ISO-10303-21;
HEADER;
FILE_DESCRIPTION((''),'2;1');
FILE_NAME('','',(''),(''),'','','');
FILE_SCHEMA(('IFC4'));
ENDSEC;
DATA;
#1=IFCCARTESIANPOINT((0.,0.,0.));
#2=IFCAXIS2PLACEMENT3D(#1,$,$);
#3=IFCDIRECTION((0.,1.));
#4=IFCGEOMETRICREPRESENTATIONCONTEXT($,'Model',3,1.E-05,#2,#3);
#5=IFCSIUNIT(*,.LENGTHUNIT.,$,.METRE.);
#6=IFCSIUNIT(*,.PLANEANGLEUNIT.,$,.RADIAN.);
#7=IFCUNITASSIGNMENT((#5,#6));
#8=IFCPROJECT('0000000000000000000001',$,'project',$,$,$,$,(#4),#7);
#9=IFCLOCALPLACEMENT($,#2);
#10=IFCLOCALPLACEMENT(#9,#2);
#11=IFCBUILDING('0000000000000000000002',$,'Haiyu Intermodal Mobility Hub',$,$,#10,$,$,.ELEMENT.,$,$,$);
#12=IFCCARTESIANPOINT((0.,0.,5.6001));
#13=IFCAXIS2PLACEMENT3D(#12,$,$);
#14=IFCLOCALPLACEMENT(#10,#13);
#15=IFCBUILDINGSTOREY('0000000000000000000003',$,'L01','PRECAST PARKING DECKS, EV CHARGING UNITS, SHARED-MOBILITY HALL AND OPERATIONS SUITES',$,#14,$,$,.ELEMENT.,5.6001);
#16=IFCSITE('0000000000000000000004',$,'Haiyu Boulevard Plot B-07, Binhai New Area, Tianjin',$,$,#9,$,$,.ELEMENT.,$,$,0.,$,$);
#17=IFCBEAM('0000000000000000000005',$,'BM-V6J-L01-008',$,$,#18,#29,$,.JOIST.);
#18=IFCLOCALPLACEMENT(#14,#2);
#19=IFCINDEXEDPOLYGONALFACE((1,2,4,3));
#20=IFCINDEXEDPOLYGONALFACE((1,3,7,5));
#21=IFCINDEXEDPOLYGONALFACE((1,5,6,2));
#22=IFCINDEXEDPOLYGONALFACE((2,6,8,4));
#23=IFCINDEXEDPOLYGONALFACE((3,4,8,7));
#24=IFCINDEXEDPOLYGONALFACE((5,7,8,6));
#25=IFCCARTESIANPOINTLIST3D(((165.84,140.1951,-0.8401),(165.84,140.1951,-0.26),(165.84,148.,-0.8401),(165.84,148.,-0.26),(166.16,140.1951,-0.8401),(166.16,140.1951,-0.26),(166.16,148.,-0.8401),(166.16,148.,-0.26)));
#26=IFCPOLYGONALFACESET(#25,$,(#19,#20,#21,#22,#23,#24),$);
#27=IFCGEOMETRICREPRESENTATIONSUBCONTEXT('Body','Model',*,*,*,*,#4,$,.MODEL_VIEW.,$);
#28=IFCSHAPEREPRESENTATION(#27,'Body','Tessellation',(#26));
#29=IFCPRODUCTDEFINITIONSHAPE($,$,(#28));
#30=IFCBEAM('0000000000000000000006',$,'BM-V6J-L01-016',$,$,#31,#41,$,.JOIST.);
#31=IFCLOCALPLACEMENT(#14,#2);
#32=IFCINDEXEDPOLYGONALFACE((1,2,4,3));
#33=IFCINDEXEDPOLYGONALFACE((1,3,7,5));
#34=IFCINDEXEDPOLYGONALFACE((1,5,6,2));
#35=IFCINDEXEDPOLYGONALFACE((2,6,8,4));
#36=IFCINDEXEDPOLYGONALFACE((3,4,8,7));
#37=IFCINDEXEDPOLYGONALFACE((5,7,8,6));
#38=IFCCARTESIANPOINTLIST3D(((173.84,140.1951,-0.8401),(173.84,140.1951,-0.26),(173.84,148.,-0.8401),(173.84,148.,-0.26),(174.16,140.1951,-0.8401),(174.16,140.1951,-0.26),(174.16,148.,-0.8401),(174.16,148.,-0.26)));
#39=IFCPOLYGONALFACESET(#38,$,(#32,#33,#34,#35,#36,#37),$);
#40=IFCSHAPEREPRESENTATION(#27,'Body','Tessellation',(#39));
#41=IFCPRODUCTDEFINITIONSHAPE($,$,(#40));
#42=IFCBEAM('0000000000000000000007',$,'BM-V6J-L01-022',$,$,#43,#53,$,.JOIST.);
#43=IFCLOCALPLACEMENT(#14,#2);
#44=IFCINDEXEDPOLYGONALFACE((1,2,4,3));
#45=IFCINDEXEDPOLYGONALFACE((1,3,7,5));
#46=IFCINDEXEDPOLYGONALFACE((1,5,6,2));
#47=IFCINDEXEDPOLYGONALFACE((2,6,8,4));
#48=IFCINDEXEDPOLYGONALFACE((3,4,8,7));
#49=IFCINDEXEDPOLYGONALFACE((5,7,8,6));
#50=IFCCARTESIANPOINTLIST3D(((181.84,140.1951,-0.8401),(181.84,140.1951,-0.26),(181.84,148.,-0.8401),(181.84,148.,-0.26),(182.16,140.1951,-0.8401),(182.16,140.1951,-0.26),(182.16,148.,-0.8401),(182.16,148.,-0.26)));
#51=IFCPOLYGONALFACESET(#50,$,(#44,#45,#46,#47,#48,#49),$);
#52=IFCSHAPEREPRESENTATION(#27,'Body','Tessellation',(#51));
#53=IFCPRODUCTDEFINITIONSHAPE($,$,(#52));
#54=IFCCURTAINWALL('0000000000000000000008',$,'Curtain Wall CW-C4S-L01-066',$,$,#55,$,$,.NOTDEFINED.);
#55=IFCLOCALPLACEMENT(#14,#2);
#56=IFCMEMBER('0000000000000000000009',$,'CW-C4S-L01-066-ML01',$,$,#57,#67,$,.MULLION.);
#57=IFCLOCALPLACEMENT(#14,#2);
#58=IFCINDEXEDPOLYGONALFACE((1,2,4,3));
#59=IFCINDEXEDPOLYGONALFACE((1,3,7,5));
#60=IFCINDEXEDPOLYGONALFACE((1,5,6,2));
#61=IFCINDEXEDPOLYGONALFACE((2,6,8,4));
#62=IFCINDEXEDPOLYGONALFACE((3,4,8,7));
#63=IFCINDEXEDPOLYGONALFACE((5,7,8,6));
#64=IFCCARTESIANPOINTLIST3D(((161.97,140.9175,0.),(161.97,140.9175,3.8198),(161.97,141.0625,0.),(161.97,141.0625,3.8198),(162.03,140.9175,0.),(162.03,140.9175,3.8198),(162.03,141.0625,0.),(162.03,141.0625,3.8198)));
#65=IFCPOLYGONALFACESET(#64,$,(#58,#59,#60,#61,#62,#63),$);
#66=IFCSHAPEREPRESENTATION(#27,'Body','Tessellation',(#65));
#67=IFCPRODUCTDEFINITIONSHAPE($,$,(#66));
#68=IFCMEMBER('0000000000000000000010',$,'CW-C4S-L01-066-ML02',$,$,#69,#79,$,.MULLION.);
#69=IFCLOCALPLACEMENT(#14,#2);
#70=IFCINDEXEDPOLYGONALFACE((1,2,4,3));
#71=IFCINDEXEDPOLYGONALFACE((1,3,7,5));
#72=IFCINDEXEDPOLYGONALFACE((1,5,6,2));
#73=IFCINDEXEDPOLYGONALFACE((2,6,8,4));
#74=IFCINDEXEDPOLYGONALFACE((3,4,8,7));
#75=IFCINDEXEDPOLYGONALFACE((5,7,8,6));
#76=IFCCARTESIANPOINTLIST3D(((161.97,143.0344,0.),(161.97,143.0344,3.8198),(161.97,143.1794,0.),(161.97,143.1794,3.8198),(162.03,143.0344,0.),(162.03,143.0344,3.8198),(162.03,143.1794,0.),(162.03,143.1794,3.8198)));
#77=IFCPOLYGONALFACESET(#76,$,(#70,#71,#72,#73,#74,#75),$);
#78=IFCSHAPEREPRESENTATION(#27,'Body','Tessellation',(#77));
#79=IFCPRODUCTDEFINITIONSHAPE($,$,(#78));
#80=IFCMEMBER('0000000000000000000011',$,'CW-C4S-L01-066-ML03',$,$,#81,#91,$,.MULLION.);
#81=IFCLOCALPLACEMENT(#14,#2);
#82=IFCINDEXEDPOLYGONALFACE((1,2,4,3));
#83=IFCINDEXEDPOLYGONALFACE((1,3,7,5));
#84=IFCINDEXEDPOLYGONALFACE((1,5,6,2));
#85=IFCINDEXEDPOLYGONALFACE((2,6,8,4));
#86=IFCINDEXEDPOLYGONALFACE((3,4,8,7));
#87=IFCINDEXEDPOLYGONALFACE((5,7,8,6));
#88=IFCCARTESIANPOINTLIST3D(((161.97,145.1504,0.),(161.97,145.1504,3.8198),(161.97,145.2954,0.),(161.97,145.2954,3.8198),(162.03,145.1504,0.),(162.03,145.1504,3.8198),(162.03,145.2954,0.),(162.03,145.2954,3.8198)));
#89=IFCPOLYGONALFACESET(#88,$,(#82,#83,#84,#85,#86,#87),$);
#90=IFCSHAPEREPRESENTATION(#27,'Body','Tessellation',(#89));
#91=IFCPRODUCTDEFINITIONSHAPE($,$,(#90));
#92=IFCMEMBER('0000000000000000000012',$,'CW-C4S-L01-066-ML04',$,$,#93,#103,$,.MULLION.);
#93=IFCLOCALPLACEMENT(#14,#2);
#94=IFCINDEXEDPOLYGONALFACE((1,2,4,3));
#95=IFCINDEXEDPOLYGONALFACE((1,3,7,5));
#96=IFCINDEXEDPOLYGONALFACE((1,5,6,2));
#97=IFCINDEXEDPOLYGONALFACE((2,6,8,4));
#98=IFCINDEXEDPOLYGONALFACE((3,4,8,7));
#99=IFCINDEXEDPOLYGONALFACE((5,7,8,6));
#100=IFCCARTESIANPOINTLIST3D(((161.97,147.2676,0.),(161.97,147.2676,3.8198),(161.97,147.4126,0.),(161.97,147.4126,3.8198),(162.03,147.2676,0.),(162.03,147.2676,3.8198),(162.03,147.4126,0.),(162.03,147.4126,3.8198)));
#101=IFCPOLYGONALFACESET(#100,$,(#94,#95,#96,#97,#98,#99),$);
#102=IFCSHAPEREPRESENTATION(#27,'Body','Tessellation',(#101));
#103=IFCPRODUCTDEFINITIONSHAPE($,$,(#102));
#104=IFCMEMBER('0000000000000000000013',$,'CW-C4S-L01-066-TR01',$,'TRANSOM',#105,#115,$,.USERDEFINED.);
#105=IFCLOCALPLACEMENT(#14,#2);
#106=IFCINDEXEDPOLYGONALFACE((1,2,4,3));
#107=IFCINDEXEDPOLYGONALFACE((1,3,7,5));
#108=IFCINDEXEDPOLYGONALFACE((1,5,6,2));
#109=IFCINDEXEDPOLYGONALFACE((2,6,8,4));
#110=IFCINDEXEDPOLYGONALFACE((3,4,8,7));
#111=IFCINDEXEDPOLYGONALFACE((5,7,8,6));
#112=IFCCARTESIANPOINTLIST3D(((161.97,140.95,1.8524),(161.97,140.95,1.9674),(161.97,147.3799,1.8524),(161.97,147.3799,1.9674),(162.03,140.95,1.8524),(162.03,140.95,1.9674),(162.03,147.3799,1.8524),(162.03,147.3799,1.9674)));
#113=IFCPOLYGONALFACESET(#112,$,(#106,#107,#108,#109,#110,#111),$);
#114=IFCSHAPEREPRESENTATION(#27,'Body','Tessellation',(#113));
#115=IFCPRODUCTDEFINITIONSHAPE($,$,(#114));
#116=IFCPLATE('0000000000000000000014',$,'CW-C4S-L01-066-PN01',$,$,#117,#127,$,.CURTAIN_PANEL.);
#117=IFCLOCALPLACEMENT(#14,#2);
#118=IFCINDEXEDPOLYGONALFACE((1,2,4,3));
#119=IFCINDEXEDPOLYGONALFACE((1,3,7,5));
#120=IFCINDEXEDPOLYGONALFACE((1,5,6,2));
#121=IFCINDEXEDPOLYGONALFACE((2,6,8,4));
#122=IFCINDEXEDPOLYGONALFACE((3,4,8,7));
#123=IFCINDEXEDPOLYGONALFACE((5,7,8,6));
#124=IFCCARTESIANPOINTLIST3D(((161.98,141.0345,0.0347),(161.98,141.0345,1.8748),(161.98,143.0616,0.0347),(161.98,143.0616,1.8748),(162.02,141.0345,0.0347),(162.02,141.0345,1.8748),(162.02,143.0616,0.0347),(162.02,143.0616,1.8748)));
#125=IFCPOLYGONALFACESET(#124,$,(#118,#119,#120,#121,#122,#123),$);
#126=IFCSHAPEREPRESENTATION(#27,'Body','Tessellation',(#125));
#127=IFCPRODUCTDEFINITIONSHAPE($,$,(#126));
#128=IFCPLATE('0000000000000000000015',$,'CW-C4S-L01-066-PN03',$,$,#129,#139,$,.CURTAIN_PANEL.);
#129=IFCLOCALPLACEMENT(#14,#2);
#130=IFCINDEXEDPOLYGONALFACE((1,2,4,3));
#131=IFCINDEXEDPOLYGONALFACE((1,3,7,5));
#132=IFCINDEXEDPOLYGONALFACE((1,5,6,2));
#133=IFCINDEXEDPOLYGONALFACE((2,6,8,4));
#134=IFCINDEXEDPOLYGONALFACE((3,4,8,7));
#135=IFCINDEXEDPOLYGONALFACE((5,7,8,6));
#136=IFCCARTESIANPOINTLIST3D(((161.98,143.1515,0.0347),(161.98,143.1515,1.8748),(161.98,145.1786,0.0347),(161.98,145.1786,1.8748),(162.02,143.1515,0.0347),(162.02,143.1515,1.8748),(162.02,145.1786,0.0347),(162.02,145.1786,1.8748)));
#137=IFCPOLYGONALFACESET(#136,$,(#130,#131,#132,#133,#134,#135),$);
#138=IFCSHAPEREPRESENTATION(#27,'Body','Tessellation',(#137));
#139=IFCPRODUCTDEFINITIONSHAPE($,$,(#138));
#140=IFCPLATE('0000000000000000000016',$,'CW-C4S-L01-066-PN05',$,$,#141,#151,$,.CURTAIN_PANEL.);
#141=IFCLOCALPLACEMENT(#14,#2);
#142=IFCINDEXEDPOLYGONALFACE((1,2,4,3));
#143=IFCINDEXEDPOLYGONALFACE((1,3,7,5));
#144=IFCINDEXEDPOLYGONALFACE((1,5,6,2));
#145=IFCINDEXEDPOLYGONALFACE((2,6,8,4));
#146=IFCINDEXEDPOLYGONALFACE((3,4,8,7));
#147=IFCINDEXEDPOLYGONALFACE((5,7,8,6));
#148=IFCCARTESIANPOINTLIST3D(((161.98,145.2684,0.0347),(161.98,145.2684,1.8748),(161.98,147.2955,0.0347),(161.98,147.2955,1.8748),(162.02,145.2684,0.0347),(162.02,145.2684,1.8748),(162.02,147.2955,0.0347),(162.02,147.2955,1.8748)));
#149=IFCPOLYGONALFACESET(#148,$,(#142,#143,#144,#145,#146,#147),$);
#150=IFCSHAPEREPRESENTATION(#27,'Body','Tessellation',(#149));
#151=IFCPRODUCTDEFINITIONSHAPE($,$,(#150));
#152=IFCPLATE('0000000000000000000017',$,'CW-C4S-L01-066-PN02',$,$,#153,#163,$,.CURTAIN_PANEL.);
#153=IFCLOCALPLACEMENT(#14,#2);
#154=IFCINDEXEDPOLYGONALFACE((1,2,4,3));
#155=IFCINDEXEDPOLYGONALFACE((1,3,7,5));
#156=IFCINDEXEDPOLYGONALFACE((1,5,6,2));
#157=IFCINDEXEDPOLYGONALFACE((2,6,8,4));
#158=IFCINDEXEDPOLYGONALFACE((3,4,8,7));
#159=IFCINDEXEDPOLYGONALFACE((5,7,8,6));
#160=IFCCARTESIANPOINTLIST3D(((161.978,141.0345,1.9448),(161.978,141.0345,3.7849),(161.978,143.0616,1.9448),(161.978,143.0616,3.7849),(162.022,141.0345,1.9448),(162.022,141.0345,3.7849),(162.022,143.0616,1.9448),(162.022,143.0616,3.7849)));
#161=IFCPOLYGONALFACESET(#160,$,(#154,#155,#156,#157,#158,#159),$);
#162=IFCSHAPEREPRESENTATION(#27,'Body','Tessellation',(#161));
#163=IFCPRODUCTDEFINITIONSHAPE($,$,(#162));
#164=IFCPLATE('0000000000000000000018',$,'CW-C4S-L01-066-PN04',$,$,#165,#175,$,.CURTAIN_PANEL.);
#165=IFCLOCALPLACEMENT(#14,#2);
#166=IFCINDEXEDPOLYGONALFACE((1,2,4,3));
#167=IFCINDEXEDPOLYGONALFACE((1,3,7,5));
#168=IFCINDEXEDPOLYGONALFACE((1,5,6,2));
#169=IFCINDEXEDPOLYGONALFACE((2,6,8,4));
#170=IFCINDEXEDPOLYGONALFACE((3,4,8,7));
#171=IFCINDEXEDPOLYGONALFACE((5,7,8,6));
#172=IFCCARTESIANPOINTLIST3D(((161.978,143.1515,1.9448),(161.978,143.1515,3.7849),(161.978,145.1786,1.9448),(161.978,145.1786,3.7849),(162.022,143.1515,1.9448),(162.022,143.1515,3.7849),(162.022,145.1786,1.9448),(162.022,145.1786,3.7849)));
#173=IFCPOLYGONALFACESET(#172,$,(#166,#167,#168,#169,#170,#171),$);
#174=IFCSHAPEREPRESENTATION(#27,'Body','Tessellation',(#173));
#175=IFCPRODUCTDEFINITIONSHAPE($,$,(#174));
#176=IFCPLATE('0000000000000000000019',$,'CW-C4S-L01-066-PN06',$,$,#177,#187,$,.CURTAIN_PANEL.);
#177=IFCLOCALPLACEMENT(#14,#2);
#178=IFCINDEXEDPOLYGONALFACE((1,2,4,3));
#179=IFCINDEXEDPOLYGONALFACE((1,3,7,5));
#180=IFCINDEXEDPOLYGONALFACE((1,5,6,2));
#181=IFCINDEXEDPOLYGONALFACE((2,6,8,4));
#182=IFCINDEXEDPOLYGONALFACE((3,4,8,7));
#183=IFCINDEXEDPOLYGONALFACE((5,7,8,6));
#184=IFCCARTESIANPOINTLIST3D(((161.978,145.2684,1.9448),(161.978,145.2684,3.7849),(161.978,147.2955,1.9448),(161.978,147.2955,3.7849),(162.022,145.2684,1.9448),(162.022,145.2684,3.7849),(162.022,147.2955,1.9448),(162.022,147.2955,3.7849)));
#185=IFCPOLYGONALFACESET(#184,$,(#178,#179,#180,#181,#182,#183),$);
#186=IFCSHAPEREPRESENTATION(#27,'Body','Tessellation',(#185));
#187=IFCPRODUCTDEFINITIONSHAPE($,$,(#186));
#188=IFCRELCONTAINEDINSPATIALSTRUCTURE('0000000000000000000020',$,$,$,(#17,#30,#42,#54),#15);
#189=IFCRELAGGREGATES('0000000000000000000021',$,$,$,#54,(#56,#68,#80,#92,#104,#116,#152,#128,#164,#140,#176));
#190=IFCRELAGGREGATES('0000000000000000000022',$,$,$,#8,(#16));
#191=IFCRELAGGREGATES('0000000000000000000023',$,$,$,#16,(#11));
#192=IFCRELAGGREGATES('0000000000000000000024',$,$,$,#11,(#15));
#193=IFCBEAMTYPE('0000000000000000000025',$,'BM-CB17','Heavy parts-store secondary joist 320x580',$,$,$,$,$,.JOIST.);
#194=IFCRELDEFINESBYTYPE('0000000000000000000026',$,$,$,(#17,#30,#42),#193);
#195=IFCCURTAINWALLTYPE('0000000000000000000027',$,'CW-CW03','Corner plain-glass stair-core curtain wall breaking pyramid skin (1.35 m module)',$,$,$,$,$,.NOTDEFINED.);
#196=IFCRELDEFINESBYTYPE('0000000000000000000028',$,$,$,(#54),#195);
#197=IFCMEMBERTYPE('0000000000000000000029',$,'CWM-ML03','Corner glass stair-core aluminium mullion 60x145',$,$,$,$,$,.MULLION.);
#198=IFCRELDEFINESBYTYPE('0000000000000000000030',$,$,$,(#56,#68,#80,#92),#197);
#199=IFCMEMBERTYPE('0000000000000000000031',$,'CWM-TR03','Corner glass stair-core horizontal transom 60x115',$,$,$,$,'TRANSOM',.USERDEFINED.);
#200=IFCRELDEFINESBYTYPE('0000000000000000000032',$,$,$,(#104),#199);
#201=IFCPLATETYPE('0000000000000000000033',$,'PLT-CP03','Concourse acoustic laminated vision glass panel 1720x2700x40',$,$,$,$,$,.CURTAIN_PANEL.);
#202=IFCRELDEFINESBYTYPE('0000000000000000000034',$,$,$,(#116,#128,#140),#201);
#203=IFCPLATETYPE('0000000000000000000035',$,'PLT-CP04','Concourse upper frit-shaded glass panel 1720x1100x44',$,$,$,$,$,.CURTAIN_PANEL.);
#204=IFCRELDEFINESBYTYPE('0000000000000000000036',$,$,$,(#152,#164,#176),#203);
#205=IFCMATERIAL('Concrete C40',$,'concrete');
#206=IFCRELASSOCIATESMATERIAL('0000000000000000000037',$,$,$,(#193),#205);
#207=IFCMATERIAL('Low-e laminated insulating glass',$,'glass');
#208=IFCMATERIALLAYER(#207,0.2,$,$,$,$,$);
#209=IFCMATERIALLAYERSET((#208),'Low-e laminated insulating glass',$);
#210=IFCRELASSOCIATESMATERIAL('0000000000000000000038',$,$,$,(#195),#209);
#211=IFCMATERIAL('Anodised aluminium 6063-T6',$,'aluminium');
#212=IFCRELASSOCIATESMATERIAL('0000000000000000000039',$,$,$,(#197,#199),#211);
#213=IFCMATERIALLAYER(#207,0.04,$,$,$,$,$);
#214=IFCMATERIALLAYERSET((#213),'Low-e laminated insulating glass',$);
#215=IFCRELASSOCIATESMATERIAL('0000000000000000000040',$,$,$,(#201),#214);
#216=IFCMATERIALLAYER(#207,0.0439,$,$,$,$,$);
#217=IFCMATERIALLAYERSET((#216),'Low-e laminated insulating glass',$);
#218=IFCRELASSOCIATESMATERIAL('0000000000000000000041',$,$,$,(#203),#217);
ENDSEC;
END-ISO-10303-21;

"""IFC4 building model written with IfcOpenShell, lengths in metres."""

from ifc_helpers import new_model, si_unit, direction, frame, origin, origin_2d, place, context, subcontext, project, spatial, rectangle, extrude, material, layer, layer_set, material_profile, profile_set, type_object, element, aggregate, save


model = new_model("IFC4")

# Units and contexts
model_context = context("Model", 3, precision=1e-05, world=origin(), true_north=direction((0.0, 1.0)))
body_context = subcontext(model_context, "Body", "Model", "MODEL_VIEW")
ifc_project = project(units=[si_unit("LENGTHUNIT", "METRE"), si_unit("PLANEANGLEUNIT", "RADIAN")], contexts=[model_context])

# Site, building, storey
site_placement = place(None, origin())
site = spatial("IfcSite", under=ifc_project, at=site_placement, Name="Haiyu Boulevard Plot B-07, Binhai New Area, Tianjin", CompositionType="ELEMENT", RefElevation=0.0)
building_placement = place(site_placement, origin())
building = spatial("IfcBuilding", under=site, at=building_placement, Name="Haiyu Intermodal Mobility Hub", CompositionType="ELEMENT")
storey_placement = place(building_placement, frame((0.0, 0.0, 5.6001)))
storey = spatial("IfcBuildingStorey", under=building, at=storey_placement, Name="L01", Description="PRECAST PARKING DECKS, EV CHARGING UNITS, SHARED-MOBILITY HALL AND OPERATIONS SUITES", CompositionType="ELEMENT", Elevation=5.6001)

# Shared definitions
ifc_material_1 = material(Name="Concrete C40", Category="concrete")

# Beams
ifc_material_profile_1 = material_profile(ifc_material_1, rectangle(XDim=0.3201, YDim=0.5801, at=origin_2d()), Name="B320x580")
ifc_profile_set_1 = profile_set([ifc_material_profile_1], Name="Concrete C40")
beam_type_1 = type_object("IfcBeamType", Name="BM-CB17", Description="Heavy parts-store secondary joist 320x580", PredefinedType="JOIST", material=ifc_profile_set_1)
for number, where, z_axis, x_axis, name in (
    (1, (166.0, 140.1951, -0.55), (0.0, 1.0, 0.0), (-1.0, 0.0, 0.0), "BM-V6J-L01-008"),
    (2, (174.0, 140.1951, -0.55), (0.0, 1.0, 0.0), (-1.0, 0.0, 0.0), "BM-V6J-L01-016"),
    (3, (182.0, 140.1951, -0.55), (0.0, 1.0, 0.0), (-1.0, 0.0, 0.0), "BM-V6J-L01-022"),
):
    element("IfcBeam", number, at=place(storey_placement, frame(where, z_axis=z_axis, x_axis=x_axis)), inside=storey, type_object=beam_type_1, Name=name, PredefinedType="JOIST", context=body_context, shape_type="SweptSolid", body=[
        extrude(rectangle(XDim=0.3201, YDim=0.5801, at=origin_2d()), origin(), (0.0, 0.0, 1.0), 7.8049),
    ])

# Curtain wall, members, plates
ifc_material_2 = material(Name="Low-e laminated insulating glass", Category="glass")
ifc_layer_1 = layer(ifc_material_2, 0.2)
ifc_layer_set_1 = layer_set([ifc_layer_1], Name="Low-e laminated insulating glass")
curtain_wall_type = type_object("IfcCurtainWallType", Name="CW-CW03", Description="Corner plain-glass stair-core curtain wall breaking pyramid skin (1.35 m module)", PredefinedType="NOTDEFINED", material=ifc_layer_set_1)
curtain_wall_placement = place(storey_placement, origin())
curtain_wall = element("IfcCurtainWall", 4, at=curtain_wall_placement, inside=storey, type_object=curtain_wall_type, Name="Curtain Wall CW-C4S-L01-066", PredefinedType="NOTDEFINED")
ifc_material_3 = material(Name="Anodised aluminium 6063-T6", Category="aluminium")
ifc_material_profile_2 = material_profile(ifc_material_3, rectangle(XDim=0.0601, YDim=0.145, at=origin_2d()), Name="ALU60x145")
ifc_profile_set_2 = profile_set([ifc_material_profile_2], Name="Anodised aluminium 6063-T6")
member_type_1 = type_object("IfcMemberType", Name="CWM-ML03", Description="Corner glass stair-core aluminium mullion 60x145", PredefinedType="MULLION", material=ifc_profile_set_2)
member_1_placement = place(storey_placement, frame((162.0, 140.99, 0.0), z_axis=(0.0, 0.0, 1.0), x_axis=(1.0, 0.0, 0.0)))
member_1 = element("IfcMember", 5, at=member_1_placement, type_object=member_type_1, Name="CW-C4S-L01-066-ML01", PredefinedType="MULLION", context=body_context, shape_type="SweptSolid", body=[
    extrude(rectangle(XDim=0.0601, YDim=0.145, at=origin_2d()), origin(), (0.0, 0.0, 1.0), 3.8198),
])
member_2_placement = place(storey_placement, frame((162.0, 143.1069, 0.0), z_axis=(0.0, 0.0, 1.0), x_axis=(1.0, 0.0, 0.0)))
member_2 = element("IfcMember", 6, at=member_2_placement, type_object=member_type_1, Name="CW-C4S-L01-066-ML02", PredefinedType="MULLION", context=body_context, shape_type="SweptSolid", body=[
    extrude(rectangle(XDim=0.0601, YDim=0.145, at=origin_2d()), origin(), (0.0, 0.0, 1.0), 3.8198),
])
member_3_placement = place(storey_placement, frame((162.0, 145.2229, 0.0), z_axis=(0.0, 0.0, 1.0), x_axis=(1.0, 0.0, 0.0)))
member_3 = element("IfcMember", 7, at=member_3_placement, type_object=member_type_1, Name="CW-C4S-L01-066-ML03", PredefinedType="MULLION", context=body_context, shape_type="SweptSolid", body=[
    extrude(rectangle(XDim=0.0601, YDim=0.145, at=origin_2d()), origin(), (0.0, 0.0, 1.0), 3.8198),
])
member_4_placement = place(storey_placement, frame((162.0, 147.3401, 0.0), z_axis=(0.0, 0.0, 1.0), x_axis=(1.0, 0.0, 0.0)))
member_4 = element("IfcMember", 8, at=member_4_placement, type_object=member_type_1, Name="CW-C4S-L01-066-ML04", PredefinedType="MULLION", context=body_context, shape_type="SweptSolid", body=[
    extrude(rectangle(XDim=0.0601, YDim=0.145, at=origin_2d()), origin(), (0.0, 0.0, 1.0), 3.8198),
])
ifc_material_profile_3 = material_profile(ifc_material_3, rectangle(XDim=0.0601, YDim=0.115, at=origin_2d()), Name="ALU60x115")
ifc_profile_set_3 = profile_set([ifc_material_profile_3], Name="Anodised aluminium 6063-T6")
member_type_2 = type_object("IfcMemberType", Name="CWM-TR03", Description="Corner glass stair-core horizontal transom 60x115", ElementType="TRANSOM", PredefinedType="USERDEFINED", material=ifc_profile_set_3)
member_5_placement = place(storey_placement, frame((162.0, 140.95, 1.9099), z_axis=(0.0, 1.0, 0.0), x_axis=(-1.0, 0.0, 0.0)))
member_5 = element("IfcMember", 9, at=member_5_placement, type_object=member_type_2, Name="CW-C4S-L01-066-TR01", ObjectType="TRANSOM", PredefinedType="USERDEFINED", context=body_context, shape_type="SweptSolid", body=[
    extrude(rectangle(XDim=0.0601, YDim=0.115, at=origin_2d()), origin(), (0.0, 0.0, 1.0), 6.4299),
])
ifc_layer_2 = layer(ifc_material_2, 0.04)
ifc_layer_set_2 = layer_set([ifc_layer_2], Name="Low-e laminated insulating glass")
plate_type_1 = type_object("IfcPlateType", Name="PLT-CP03", Description="Concourse acoustic laminated vision glass panel 1720x2700x40", PredefinedType="CURTAIN_PANEL", material=ifc_layer_set_2)
plate_1_placement = place(storey_placement, frame((162.0, 142.0481, 0.0347), z_axis=(0.0, 0.0, 1.0), x_axis=(0.0, 1.0, 0.0)))
plate_1 = element("IfcPlate", 10, at=plate_1_placement, type_object=plate_type_1, Name="CW-C4S-L01-066-PN01", PredefinedType="CURTAIN_PANEL", context=body_context, shape_type="SweptSolid", body=[
    extrude(rectangle(XDim=2.0271, YDim=0.04, at=origin_2d()), origin(), (0.0, 0.0, 1.0), 1.8401),
])
plate_2_placement = place(storey_placement, frame((162.0, 144.165, 0.0347), z_axis=(0.0, 0.0, 1.0), x_axis=(0.0, 1.0, 0.0)))
plate_2 = element("IfcPlate", 11, at=plate_2_placement, type_object=plate_type_1, Name="CW-C4S-L01-066-PN03", PredefinedType="CURTAIN_PANEL", context=body_context, shape_type="SweptSolid", body=[
    extrude(rectangle(XDim=2.0271, YDim=0.04, at=origin_2d()), origin(), (0.0, 0.0, 1.0), 1.8401),
])
plate_3_placement = place(storey_placement, frame((162.0, 146.282, 0.0347), z_axis=(0.0, 0.0, 1.0), x_axis=(0.0, 1.0, 0.0)))
plate_3 = element("IfcPlate", 12, at=plate_3_placement, type_object=plate_type_1, Name="CW-C4S-L01-066-PN05", PredefinedType="CURTAIN_PANEL", context=body_context, shape_type="SweptSolid", body=[
    extrude(rectangle(XDim=2.0271, YDim=0.04, at=origin_2d()), origin(), (0.0, 0.0, 1.0), 1.8401),
])
ifc_layer_3 = layer(ifc_material_2, 0.0439)
ifc_layer_set_3 = layer_set([ifc_layer_3], Name="Low-e laminated insulating glass")
plate_type_2 = type_object("IfcPlateType", Name="PLT-CP04", Description="Concourse upper frit-shaded glass panel 1720x1100x44", PredefinedType="CURTAIN_PANEL", material=ifc_layer_set_3)
plate_4_placement = place(storey_placement, frame((162.0, 142.0481, 1.9448), z_axis=(0.0, 0.0, 1.0), x_axis=(0.0, 1.0, 0.0)))
plate_4 = element("IfcPlate", 13, at=plate_4_placement, type_object=plate_type_2, Name="CW-C4S-L01-066-PN02", PredefinedType="CURTAIN_PANEL", context=body_context, shape_type="SweptSolid", body=[
    extrude(rectangle(XDim=2.0271, YDim=0.0439, at=origin_2d()), origin(), (0.0, 0.0, 1.0), 1.8401),
])
plate_5_placement = place(storey_placement, frame((162.0, 144.165, 1.9448), z_axis=(0.0, 0.0, 1.0), x_axis=(0.0, 1.0, 0.0)))
plate_5 = element("IfcPlate", 14, at=plate_5_placement, type_object=plate_type_2, Name="CW-C4S-L01-066-PN04", PredefinedType="CURTAIN_PANEL", context=body_context, shape_type="SweptSolid", body=[
    extrude(rectangle(XDim=2.0271, YDim=0.0439, at=origin_2d()), origin(), (0.0, 0.0, 1.0), 1.8401),
])
plate_6_placement = place(storey_placement, frame((162.0, 146.282, 1.9448), z_axis=(0.0, 0.0, 1.0), x_axis=(0.0, 1.0, 0.0)))
plate_6 = element("IfcPlate", 15, at=plate_6_placement, type_object=plate_type_2, Name="CW-C4S-L01-066-PN06", PredefinedType="CURTAIN_PANEL", context=body_context, shape_type="SweptSolid", body=[
    extrude(rectangle(XDim=2.0271, YDim=0.0439, at=origin_2d()), origin(), (0.0, 0.0, 1.0), 1.8401),
])
aggregate(curtain_wall, [member_1, member_2, member_3, member_4, member_5, plate_1, plate_4, plate_2, plate_5, plate_3, plate_6])

save(model, "model.ifc")
